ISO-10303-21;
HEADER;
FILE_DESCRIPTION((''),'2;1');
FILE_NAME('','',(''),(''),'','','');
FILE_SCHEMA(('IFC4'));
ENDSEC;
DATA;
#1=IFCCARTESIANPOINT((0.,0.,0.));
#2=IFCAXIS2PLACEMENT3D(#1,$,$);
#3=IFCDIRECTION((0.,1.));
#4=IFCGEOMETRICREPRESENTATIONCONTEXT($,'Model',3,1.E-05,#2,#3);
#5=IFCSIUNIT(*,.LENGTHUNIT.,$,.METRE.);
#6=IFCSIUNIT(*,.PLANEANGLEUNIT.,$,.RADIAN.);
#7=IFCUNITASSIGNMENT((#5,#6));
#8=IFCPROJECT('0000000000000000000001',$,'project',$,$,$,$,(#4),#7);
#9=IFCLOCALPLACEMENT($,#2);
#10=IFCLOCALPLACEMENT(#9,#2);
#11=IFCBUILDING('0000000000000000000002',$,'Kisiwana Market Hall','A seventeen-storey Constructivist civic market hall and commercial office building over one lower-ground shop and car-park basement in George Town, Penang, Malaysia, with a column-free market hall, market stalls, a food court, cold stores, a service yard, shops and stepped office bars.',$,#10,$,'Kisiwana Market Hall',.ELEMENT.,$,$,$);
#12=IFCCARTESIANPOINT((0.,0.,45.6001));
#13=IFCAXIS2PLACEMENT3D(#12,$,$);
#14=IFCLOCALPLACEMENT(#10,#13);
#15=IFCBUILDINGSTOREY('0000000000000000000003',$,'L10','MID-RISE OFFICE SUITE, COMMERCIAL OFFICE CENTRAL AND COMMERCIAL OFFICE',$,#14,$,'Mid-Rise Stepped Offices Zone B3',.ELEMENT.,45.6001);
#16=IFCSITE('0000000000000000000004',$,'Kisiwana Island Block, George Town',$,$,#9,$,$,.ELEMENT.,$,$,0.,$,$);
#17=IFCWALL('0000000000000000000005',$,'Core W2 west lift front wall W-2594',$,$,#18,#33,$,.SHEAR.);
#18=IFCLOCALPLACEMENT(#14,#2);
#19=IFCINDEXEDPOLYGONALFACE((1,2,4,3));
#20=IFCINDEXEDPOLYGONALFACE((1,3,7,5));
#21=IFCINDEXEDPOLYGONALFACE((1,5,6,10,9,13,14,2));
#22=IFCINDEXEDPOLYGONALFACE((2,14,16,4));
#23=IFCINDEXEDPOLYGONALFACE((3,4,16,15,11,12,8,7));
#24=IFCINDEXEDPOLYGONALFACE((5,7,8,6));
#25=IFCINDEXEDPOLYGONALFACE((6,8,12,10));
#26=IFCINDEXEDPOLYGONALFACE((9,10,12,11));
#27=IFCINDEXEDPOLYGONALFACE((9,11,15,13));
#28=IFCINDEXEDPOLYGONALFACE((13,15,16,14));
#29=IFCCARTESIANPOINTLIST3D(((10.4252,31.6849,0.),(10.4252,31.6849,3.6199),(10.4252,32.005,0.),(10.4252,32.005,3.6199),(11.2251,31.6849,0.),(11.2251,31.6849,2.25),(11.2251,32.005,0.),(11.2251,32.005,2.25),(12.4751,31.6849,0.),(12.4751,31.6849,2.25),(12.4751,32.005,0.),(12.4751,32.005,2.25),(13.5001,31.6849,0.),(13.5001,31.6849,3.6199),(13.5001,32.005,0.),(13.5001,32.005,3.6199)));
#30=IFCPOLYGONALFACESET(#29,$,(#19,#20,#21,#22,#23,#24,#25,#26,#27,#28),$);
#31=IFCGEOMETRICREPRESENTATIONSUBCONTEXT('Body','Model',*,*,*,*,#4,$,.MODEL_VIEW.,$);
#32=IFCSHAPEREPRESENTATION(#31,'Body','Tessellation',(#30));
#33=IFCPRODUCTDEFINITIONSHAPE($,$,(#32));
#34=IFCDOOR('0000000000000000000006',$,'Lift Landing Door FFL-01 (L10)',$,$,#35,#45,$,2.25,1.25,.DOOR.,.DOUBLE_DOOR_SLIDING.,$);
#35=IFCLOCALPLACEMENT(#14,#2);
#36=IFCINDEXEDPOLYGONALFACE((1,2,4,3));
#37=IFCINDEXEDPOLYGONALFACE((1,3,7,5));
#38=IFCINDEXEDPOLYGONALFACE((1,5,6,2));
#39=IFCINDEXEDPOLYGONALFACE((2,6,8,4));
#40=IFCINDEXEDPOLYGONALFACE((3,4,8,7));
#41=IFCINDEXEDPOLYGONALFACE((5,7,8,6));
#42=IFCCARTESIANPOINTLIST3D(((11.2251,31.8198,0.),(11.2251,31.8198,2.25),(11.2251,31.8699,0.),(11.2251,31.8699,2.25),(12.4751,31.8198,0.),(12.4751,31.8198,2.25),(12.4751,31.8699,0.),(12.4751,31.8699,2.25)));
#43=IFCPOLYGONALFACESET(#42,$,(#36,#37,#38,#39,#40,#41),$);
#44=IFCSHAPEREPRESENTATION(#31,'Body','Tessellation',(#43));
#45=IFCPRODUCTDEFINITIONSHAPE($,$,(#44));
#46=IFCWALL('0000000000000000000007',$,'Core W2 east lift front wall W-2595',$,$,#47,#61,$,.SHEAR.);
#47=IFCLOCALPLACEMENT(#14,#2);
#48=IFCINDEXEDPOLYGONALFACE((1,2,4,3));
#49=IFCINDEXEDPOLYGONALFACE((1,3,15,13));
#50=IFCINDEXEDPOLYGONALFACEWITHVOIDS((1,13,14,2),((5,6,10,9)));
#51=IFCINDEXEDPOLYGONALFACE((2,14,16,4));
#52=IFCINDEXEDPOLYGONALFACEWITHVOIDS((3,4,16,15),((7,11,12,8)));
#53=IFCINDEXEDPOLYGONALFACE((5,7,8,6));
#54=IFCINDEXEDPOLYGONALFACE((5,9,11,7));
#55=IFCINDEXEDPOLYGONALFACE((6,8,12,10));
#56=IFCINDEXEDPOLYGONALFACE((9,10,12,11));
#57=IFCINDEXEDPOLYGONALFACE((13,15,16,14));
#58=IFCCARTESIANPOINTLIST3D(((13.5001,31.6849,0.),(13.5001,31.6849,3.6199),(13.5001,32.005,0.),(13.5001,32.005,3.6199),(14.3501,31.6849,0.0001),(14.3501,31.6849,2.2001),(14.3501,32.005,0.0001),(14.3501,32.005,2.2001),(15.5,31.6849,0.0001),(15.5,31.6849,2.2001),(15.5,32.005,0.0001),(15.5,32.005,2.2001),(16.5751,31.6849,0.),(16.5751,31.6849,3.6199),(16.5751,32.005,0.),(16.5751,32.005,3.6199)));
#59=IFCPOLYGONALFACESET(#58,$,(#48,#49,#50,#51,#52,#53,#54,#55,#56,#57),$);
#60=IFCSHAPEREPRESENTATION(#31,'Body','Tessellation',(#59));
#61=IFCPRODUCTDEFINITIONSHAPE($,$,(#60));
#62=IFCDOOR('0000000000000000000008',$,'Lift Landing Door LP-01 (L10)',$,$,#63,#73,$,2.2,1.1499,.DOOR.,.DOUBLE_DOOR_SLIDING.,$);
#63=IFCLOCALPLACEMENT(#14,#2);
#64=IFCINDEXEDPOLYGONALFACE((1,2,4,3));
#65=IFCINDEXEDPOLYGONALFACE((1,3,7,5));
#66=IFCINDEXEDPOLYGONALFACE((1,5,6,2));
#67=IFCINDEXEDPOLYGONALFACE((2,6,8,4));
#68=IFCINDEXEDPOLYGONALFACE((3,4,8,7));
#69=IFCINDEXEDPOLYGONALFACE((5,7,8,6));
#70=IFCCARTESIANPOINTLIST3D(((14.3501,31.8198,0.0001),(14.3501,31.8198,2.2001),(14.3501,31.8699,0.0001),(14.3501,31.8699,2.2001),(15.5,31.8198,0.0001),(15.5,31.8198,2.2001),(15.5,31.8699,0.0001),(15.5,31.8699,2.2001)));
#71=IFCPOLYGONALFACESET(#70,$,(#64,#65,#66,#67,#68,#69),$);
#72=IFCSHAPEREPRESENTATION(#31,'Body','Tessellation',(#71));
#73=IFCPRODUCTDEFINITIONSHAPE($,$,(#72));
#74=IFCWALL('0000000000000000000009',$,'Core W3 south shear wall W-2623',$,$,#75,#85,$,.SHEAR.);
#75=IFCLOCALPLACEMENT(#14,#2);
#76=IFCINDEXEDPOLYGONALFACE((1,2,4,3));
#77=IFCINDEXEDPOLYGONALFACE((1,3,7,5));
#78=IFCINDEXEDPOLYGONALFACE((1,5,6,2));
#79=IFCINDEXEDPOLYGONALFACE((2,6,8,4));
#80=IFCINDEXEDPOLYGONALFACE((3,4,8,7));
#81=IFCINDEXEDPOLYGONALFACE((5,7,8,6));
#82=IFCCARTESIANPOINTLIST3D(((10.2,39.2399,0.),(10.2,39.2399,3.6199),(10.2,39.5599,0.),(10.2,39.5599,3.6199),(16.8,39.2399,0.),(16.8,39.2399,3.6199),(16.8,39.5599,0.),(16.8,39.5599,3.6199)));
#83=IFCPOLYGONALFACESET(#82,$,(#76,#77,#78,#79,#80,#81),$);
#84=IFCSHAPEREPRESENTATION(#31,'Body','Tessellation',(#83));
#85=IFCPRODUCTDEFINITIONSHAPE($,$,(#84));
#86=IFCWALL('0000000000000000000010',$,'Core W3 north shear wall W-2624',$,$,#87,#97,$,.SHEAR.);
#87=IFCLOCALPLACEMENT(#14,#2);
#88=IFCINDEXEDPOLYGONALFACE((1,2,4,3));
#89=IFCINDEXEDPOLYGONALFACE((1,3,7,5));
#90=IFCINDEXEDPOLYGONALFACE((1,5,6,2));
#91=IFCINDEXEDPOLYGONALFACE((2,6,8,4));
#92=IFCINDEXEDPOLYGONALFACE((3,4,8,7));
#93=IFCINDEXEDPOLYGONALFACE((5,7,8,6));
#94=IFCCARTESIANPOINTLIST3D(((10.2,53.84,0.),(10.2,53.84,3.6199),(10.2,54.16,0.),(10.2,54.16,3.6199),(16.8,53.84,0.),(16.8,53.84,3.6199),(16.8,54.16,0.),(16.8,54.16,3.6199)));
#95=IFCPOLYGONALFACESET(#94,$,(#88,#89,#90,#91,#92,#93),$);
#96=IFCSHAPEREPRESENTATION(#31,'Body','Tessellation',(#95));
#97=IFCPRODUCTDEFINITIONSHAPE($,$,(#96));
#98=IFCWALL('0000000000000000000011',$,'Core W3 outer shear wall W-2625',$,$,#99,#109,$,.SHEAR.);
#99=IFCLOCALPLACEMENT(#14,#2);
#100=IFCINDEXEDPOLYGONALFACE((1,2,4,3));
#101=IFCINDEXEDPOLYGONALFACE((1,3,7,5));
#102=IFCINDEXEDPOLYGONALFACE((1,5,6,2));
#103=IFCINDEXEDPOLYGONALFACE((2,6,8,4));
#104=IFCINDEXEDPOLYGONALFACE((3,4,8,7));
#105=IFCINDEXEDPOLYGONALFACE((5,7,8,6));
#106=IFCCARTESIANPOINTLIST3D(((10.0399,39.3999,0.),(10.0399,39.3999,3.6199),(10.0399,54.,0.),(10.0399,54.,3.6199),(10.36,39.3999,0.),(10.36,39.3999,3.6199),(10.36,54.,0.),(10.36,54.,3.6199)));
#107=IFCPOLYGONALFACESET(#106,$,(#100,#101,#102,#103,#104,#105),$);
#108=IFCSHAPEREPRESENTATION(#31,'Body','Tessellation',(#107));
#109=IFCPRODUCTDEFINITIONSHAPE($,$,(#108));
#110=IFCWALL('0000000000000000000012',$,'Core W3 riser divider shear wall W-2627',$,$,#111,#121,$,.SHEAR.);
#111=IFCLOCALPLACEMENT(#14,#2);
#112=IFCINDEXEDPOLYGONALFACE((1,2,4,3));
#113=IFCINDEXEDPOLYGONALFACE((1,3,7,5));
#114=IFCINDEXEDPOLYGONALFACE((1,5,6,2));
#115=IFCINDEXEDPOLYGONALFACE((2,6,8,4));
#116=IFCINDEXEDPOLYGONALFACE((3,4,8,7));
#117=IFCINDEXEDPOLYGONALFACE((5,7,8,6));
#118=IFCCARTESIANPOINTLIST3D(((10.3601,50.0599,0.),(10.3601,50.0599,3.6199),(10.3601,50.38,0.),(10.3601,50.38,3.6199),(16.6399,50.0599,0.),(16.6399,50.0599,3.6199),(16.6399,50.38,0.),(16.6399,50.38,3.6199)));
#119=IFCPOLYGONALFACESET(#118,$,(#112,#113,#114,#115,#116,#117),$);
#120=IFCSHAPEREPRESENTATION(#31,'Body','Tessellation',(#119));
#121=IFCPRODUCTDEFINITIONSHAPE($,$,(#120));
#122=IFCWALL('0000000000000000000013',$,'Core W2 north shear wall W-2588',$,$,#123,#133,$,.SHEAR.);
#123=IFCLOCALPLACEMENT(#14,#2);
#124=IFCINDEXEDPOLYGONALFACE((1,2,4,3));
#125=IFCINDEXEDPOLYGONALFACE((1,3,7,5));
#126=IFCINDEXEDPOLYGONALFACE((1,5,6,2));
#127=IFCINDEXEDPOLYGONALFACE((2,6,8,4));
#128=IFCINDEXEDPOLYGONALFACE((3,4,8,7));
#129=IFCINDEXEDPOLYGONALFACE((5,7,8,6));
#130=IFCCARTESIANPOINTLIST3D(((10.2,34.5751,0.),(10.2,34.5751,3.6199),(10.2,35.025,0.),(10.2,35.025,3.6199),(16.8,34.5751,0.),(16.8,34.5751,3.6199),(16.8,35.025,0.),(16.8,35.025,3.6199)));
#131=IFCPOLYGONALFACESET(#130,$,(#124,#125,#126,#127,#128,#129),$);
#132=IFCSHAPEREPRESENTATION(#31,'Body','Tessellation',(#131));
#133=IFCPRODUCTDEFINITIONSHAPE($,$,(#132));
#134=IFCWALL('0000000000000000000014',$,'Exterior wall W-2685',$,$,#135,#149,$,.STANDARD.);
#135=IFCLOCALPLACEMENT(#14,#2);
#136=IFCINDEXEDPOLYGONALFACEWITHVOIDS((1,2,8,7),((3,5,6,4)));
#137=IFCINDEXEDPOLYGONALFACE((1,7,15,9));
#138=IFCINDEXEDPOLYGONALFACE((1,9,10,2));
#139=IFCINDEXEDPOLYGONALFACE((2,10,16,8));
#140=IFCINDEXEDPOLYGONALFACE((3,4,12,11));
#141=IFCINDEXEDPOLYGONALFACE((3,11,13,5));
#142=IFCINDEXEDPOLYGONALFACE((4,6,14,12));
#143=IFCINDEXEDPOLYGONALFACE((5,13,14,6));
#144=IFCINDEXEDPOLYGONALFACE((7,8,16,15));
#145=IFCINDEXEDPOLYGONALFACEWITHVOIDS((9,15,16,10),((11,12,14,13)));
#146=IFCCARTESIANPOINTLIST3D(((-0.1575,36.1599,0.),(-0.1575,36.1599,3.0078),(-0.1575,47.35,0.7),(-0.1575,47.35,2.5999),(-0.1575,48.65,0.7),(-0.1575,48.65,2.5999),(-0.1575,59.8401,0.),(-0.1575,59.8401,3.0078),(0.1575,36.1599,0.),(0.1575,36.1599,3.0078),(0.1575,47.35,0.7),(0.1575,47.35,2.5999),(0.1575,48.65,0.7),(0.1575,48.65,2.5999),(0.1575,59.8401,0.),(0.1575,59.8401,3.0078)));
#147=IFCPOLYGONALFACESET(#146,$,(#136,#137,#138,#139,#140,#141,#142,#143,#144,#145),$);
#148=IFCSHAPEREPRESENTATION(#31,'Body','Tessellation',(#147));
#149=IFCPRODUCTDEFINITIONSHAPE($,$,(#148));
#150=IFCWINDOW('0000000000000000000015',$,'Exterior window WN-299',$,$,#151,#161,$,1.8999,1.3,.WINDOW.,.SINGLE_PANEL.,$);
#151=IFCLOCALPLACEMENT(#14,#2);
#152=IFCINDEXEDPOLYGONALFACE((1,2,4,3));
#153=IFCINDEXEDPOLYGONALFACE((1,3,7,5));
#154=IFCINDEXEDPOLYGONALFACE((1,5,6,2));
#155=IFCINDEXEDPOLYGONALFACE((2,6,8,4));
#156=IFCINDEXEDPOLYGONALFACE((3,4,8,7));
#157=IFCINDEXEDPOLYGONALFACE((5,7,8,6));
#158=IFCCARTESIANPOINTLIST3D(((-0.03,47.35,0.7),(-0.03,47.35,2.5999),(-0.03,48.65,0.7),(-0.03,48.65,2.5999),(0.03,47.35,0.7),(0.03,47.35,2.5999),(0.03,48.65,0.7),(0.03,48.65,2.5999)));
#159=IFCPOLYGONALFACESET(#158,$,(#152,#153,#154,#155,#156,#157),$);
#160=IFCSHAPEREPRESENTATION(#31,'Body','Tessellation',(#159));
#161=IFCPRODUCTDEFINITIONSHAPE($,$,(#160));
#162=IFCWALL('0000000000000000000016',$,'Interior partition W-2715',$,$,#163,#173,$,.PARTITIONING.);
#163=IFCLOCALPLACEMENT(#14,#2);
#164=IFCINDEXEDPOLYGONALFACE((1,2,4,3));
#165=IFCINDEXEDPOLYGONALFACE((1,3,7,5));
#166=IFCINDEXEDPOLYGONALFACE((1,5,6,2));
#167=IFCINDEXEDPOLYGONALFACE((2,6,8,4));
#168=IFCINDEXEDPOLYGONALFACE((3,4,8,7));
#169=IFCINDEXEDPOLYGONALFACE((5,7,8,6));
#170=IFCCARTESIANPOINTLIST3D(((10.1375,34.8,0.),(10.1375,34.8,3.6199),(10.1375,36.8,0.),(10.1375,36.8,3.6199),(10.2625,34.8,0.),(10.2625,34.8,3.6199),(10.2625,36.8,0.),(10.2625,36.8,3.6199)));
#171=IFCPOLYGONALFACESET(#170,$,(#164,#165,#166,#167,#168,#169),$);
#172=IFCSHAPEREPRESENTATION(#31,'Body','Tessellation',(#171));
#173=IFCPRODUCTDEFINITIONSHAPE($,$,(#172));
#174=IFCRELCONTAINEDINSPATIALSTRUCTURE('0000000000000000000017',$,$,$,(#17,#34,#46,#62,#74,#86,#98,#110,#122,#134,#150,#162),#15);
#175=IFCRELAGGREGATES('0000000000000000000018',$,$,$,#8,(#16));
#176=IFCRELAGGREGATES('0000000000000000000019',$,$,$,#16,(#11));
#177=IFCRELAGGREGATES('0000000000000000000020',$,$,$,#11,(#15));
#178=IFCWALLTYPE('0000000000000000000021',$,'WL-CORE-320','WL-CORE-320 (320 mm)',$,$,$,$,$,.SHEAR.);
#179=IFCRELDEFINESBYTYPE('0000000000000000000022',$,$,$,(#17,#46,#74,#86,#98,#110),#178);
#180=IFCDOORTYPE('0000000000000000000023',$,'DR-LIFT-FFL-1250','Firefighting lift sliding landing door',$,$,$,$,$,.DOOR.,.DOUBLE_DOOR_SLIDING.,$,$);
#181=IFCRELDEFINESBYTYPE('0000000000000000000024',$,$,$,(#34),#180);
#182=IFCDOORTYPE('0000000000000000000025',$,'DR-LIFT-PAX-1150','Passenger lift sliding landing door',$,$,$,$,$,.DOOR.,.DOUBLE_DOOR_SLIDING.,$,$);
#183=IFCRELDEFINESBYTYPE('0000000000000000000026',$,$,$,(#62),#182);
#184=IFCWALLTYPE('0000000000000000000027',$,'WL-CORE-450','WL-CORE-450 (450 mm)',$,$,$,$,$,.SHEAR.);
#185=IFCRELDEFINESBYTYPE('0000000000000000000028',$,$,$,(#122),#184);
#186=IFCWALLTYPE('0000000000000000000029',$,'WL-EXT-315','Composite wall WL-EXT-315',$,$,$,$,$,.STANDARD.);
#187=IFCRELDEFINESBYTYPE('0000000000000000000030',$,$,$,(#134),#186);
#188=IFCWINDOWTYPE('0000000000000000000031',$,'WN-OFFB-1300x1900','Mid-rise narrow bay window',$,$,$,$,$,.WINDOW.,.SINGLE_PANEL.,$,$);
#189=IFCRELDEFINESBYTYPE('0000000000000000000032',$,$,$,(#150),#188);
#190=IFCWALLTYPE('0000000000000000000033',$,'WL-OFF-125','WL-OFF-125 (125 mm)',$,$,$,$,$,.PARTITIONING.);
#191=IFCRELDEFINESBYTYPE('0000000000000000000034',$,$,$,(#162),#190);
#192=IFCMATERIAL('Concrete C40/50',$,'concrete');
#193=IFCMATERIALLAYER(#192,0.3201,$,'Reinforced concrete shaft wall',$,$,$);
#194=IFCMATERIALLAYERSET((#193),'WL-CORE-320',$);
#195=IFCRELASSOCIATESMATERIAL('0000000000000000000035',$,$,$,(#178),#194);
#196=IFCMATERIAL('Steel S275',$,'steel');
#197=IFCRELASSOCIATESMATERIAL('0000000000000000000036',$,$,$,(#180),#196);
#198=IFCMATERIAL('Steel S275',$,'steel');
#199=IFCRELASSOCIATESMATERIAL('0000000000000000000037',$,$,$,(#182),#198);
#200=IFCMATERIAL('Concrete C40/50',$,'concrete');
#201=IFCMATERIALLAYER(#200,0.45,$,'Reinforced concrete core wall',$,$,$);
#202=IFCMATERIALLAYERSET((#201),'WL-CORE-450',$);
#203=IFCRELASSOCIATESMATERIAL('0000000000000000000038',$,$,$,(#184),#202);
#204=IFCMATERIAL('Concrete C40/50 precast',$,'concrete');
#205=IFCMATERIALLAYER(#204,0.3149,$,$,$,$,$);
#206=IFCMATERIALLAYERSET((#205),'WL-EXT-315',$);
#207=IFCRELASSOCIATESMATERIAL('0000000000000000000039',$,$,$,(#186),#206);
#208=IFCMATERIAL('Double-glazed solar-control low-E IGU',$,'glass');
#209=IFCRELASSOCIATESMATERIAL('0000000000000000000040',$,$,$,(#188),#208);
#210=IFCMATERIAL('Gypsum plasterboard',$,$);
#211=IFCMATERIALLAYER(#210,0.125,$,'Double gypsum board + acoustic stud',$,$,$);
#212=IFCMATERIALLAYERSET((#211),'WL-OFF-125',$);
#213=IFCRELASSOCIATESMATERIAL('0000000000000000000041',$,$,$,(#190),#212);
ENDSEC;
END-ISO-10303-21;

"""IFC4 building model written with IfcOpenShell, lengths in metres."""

from ifc_helpers import new_model, si_unit, direction, frame, frame_2d, origin, place, context, subcontext, project, spatial, rectangle, extrude, material, layer, layer_set, type_object, element, fill, save


model = new_model("IFC4")

# Units and contexts
model_context = context("Model", 3, precision=1e-05, world=origin(), true_north=direction((0.0, 1.0)))
body_context = subcontext(model_context, "Body", "Model", "MODEL_VIEW")
ifc_project = project(units=[si_unit("LENGTHUNIT", "METRE"), si_unit("PLANEANGLEUNIT", "RADIAN")], contexts=[model_context])

# Site, building, storey
site_placement = place(None, origin())
site = spatial("IfcSite", under=ifc_project, at=site_placement, Name="Kisiwana Island Block, George Town", CompositionType="ELEMENT", RefElevation=0.0)
building_placement = place(site_placement, origin())
building = spatial("IfcBuilding", under=site, at=building_placement, Name="Kisiwana Market Hall", Description="A seventeen-storey Constructivist civic market hall and commercial office building over one lower-ground shop and car-park basement in George Town, Penang, Malaysia, with a column-free market hall, market stalls, a food court, cold stores, a service yard, shops and stepped office bars.", LongName="Kisiwana Market Hall", CompositionType="ELEMENT")
storey_placement = place(building_placement, frame((0.0, 0.0, 45.6001)))
storey = spatial("IfcBuildingStorey", under=building, at=storey_placement, Name="L10", Description="MID-RISE OFFICE SUITE, COMMERCIAL OFFICE CENTRAL AND COMMERCIAL OFFICE", LongName="Mid-Rise Stepped Offices Zone B3", CompositionType="ELEMENT", Elevation=45.6001)

# Shared definitions
ifc_material_1 = material(Name="Concrete C40/50", Category="concrete")
ifc_layer_1 = layer(ifc_material_1, 0.3201, Name="Reinforced concrete shaft wall")
ifc_layer_set_1 = layer_set([ifc_layer_1], Name="WL-CORE-320")
wall_type_1 = type_object("IfcWallType", Name="WL-CORE-320", Description="WL-CORE-320 (320 mm)", PredefinedType="SHEAR", material=ifc_layer_set_1)

# Walls, openings, doors
wall_1_placement = place(storey_placement, frame((10.425, 31.845, 0.0), z_axis=(0.0, 0.0, 1.0), x_axis=(1.0, 0.0, 0.0)))
wall_1 = element("IfcWall", 1, at=wall_1_placement, inside=storey, type_object=wall_type_1, Name="Core W2 west lift front wall W-2594", PredefinedType="SHEAR", context=body_context, shape_type="SweptSolid", body=[
    extrude(rectangle(XDim=3.075, YDim=0.3201, at=frame_2d((1.5376, 0.0))), origin(), (0.0, 0.0, 1.0), 3.6199),
])
opening_1_placement = place(wall_1_placement, frame((0.8, 0.0, 0.0)))
opening_1 = element("IfcOpeningElement", 2, at=opening_1_placement, cuts=wall_1, PredefinedType="OPENING", context=body_context, shape_type="SweptSolid", body=[
    extrude(rectangle(XDim=1.25, YDim=2.25, at=frame_2d((0.625, 1.125))), frame((0.0, 0.1719, 0.0), z_axis=(0.0, -1.0, 0.0), x_axis=(1.0, 0.0, 0.0)), (0.0, 0.0, 1.0), 0.344),
])
ifc_material_2 = material(Name="Steel S275", Category="steel")
door_type_1 = type_object("IfcDoorType", Name="DR-LIFT-FFL-1250", Description="Firefighting lift sliding landing door", OperationType="DOUBLE_DOOR_SLIDING", PredefinedType="DOOR", material=ifc_material_2)
door_1_placement = place(opening_1_placement, origin())
door_1 = element("IfcDoor", 3, at=door_1_placement, inside=storey, type_object=door_type_1, Name="Lift Landing Door FFL-01 (L10)", OperationType="DOUBLE_DOOR_SLIDING", OverallHeight=2.25, OverallWidth=1.25, PredefinedType="DOOR", context=body_context, shape_type="SweptSolid", body=[
    extrude(rectangle(XDim=1.25, YDim=2.25, at=frame_2d((0.625, 1.125))), frame((0.0, 0.0249, 0.0), z_axis=(0.0, -1.0, 0.0), x_axis=(1.0, 0.0, 0.0)), (0.0, 0.0, 1.0), 0.05),
])
fill(opening_1, door_1)
wall_2_placement = place(storey_placement, frame((13.5, 31.845, 0.0), z_axis=(0.0, 0.0, 1.0), x_axis=(1.0, 0.0, 0.0)))
wall_2 = element("IfcWall", 4, at=wall_2_placement, inside=storey, type_object=wall_type_1, Name="Core W2 east lift front wall W-2595", PredefinedType="SHEAR", context=body_context, shape_type="SweptSolid", body=[
    extrude(rectangle(XDim=3.075, YDim=0.3201, at=frame_2d((1.5376, 0.0))), origin(), (0.0, 0.0, 1.0), 3.6199),
])
opening_2_placement = place(wall_2_placement, frame((0.8501, 0.0, 0.0)))
opening_2 = element("IfcOpeningElement", 5, at=opening_2_placement, cuts=wall_2, PredefinedType="OPENING", context=body_context, shape_type="SweptSolid", body=[
    extrude(rectangle(XDim=1.1499, YDim=2.2, at=frame_2d((0.575, 1.1001))), frame((0.0, 0.1719, 0.0), z_axis=(0.0, -1.0, 0.0), x_axis=(1.0, 0.0, 0.0)), (0.0, 0.0, 1.0), 0.344),
])
ifc_material_3 = material(Name="Steel S275", Category="steel")
door_type_2 = type_object("IfcDoorType", Name="DR-LIFT-PAX-1150", Description="Passenger lift sliding landing door", OperationType="DOUBLE_DOOR_SLIDING", PredefinedType="DOOR", material=ifc_material_3)
door_2_placement = place(opening_2_placement, origin())
door_2 = element("IfcDoor", 6, at=door_2_placement, inside=storey, type_object=door_type_2, Name="Lift Landing Door LP-01 (L10)", OperationType="DOUBLE_DOOR_SLIDING", OverallHeight=2.2, OverallWidth=1.1499, PredefinedType="DOOR", context=body_context, shape_type="SweptSolid", body=[
    extrude(rectangle(XDim=1.1499, YDim=2.2, at=frame_2d((0.575, 1.1001))), frame((0.0, 0.0249, 0.0), z_axis=(0.0, -1.0, 0.0), x_axis=(1.0, 0.0, 0.0)), (0.0, 0.0, 1.0), 0.05),
])
fill(opening_2, door_2)

# Walls
for number, where, z_axis, x_axis, name in (
    (7, (10.2, 39.3999, 0.0), (0.0, 0.0, 1.0), (1.0, 0.0, 0.0), "Core W3 south shear wall W-2623"),
    (8, (10.2, 54.0, 0.0), (0.0, 0.0, 1.0), (1.0, 0.0, 0.0), "Core W3 north shear wall W-2624"),
):
    element("IfcWall", number, at=place(storey_placement, frame(where, z_axis=z_axis, x_axis=x_axis)), inside=storey, type_object=wall_type_1, Name=name, PredefinedType="SHEAR", context=body_context, shape_type="SweptSolid", body=[
        extrude(rectangle(XDim=6.6001, YDim=0.3201, at=frame_2d((3.3, 0.0))), origin(), (0.0, 0.0, 1.0), 3.6199),
    ])
wall_3_placement = place(storey_placement, frame((10.2, 39.3999, 0.0), z_axis=(0.0, 0.0, 1.0), x_axis=(0.0, 1.0, 0.0)))
element("IfcWall", 9, at=wall_3_placement, inside=storey, type_object=wall_type_1, Name="Core W3 outer shear wall W-2625", PredefinedType="SHEAR", context=body_context, shape_type="SweptSolid", body=[
    extrude(rectangle(XDim=14.6001, YDim=0.3201, at=frame_2d((7.3, 0.0))), origin(), (0.0, 0.0, 1.0), 3.6199),
])
wall_4_placement = place(storey_placement, frame((10.3601, 50.22, 0.0), z_axis=(0.0, 0.0, 1.0), x_axis=(1.0, 0.0, 0.0)))
element("IfcWall", 10, at=wall_4_placement, inside=storey, type_object=wall_type_1, Name="Core W3 riser divider shear wall W-2627", PredefinedType="SHEAR", context=body_context, shape_type="SweptSolid", body=[
    extrude(rectangle(XDim=6.2798, YDim=0.3201, at=frame_2d((3.1399, 0.0))), origin(), (0.0, 0.0, 1.0), 3.6199),
])
ifc_material_4 = material(Name="Concrete C40/50", Category="concrete")
ifc_layer_2 = layer(ifc_material_4, 0.45, Name="Reinforced concrete core wall")
ifc_layer_set_2 = layer_set([ifc_layer_2], Name="WL-CORE-450")
wall_type_2 = type_object("IfcWallType", Name="WL-CORE-450", Description="WL-CORE-450 (450 mm)", PredefinedType="SHEAR", material=ifc_layer_set_2)
wall_5_placement = place(storey_placement, frame((10.2, 34.8, 0.0), z_axis=(0.0, 0.0, 1.0), x_axis=(1.0, 0.0, 0.0)))
element("IfcWall", 11, at=wall_5_placement, inside=storey, type_object=wall_type_2, Name="Core W2 north shear wall W-2588", PredefinedType="SHEAR", context=body_context, shape_type="SweptSolid", body=[
    extrude(rectangle(XDim=6.6001, YDim=0.45, at=frame_2d((3.3, 0.0))), origin(), (0.0, 0.0, 1.0), 3.6199),
])

# Wall, opening, window
ifc_material_5 = material(Name="Concrete C40/50 precast", Category="concrete")
ifc_layer_3 = layer(ifc_material_5, 0.3149)
ifc_layer_set_3 = layer_set([ifc_layer_3], Name="WL-EXT-315")
wall_type_3 = type_object("IfcWallType", Name="WL-EXT-315", Description="Composite wall WL-EXT-315", PredefinedType="STANDARD", material=ifc_layer_set_3)
wall_6_placement = place(storey_placement, frame((0.0, 36.1599, 0.0), z_axis=(0.0, 0.0, 1.0), x_axis=(0.0, 1.0, 0.0)))
wall_6 = element("IfcWall", 12, at=wall_6_placement, inside=storey, type_object=wall_type_3, Name="Exterior wall W-2685", PredefinedType="STANDARD", context=body_context, shape_type="SweptSolid", body=[
    extrude(rectangle(XDim=23.6802, YDim=0.3149, at=frame_2d((11.8401, 0.0))), origin(), (0.0, 0.0, 1.0), 3.0078),
])
opening_3_placement = place(wall_6_placement, frame((11.1902, 0.0, 0.7)))
opening_3 = element("IfcOpeningElement", 13, at=opening_3_placement, cuts=wall_6, PredefinedType="OPENING", context=body_context, shape_type="SweptSolid", body=[
    extrude(rectangle(XDim=1.3, YDim=1.8999, at=frame_2d((0.6499, 0.95))), frame((0.0, 0.1694, 0.0), z_axis=(0.0, -1.0, 0.0), x_axis=(1.0, 0.0, 0.0)), (0.0, 0.0, 1.0), 0.3389),
])
ifc_material_6 = material(Name="Double-glazed solar-control low-E IGU", Category="glass")
window_type = type_object("IfcWindowType", Name="WN-OFFB-1300x1900", Description="Mid-rise narrow bay window", PartitioningType="SINGLE_PANEL", PredefinedType="WINDOW", material=ifc_material_6)
window_placement = place(opening_3_placement, origin())
window = element("IfcWindow", 14, at=window_placement, inside=storey, type_object=window_type, Name="Exterior window WN-299", OverallHeight=1.8999, OverallWidth=1.3, PartitioningType="SINGLE_PANEL", PredefinedType="WINDOW", context=body_context, shape_type="SweptSolid", body=[
    extrude(rectangle(XDim=1.3, YDim=1.8999, at=frame_2d((0.6499, 0.95))), frame((0.0, 0.03, 0.0), z_axis=(0.0, -1.0, 0.0), x_axis=(1.0, 0.0, 0.0)), (0.0, 0.0, 1.0), 0.0601),
])
fill(opening_3, window)

# Wall
ifc_material_7 = material(Name="Gypsum plasterboard")
ifc_layer_4 = layer(ifc_material_7, 0.125, Name="Double gypsum board + acoustic stud")
ifc_layer_set_4 = layer_set([ifc_layer_4], Name="WL-OFF-125")
wall_type_4 = type_object("IfcWallType", Name="WL-OFF-125", Description="WL-OFF-125 (125 mm)", PredefinedType="PARTITIONING", material=ifc_layer_set_4)
wall_7_placement = place(storey_placement, frame((10.2, 34.8, 0.0), z_axis=(0.0, 0.0, 1.0), x_axis=(0.0, 1.0, 0.0)))
element("IfcWall", 15, at=wall_7_placement, inside=storey, type_object=wall_type_4, Name="Interior partition W-2715", PredefinedType="PARTITIONING", context=body_context, shape_type="SweptSolid", body=[
    extrude(rectangle(XDim=2.0, YDim=0.125, at=frame_2d((1.0, 0.0))), origin(), (0.0, 0.0, 1.0), 3.6199),
])

save(model, "model.ifc")
